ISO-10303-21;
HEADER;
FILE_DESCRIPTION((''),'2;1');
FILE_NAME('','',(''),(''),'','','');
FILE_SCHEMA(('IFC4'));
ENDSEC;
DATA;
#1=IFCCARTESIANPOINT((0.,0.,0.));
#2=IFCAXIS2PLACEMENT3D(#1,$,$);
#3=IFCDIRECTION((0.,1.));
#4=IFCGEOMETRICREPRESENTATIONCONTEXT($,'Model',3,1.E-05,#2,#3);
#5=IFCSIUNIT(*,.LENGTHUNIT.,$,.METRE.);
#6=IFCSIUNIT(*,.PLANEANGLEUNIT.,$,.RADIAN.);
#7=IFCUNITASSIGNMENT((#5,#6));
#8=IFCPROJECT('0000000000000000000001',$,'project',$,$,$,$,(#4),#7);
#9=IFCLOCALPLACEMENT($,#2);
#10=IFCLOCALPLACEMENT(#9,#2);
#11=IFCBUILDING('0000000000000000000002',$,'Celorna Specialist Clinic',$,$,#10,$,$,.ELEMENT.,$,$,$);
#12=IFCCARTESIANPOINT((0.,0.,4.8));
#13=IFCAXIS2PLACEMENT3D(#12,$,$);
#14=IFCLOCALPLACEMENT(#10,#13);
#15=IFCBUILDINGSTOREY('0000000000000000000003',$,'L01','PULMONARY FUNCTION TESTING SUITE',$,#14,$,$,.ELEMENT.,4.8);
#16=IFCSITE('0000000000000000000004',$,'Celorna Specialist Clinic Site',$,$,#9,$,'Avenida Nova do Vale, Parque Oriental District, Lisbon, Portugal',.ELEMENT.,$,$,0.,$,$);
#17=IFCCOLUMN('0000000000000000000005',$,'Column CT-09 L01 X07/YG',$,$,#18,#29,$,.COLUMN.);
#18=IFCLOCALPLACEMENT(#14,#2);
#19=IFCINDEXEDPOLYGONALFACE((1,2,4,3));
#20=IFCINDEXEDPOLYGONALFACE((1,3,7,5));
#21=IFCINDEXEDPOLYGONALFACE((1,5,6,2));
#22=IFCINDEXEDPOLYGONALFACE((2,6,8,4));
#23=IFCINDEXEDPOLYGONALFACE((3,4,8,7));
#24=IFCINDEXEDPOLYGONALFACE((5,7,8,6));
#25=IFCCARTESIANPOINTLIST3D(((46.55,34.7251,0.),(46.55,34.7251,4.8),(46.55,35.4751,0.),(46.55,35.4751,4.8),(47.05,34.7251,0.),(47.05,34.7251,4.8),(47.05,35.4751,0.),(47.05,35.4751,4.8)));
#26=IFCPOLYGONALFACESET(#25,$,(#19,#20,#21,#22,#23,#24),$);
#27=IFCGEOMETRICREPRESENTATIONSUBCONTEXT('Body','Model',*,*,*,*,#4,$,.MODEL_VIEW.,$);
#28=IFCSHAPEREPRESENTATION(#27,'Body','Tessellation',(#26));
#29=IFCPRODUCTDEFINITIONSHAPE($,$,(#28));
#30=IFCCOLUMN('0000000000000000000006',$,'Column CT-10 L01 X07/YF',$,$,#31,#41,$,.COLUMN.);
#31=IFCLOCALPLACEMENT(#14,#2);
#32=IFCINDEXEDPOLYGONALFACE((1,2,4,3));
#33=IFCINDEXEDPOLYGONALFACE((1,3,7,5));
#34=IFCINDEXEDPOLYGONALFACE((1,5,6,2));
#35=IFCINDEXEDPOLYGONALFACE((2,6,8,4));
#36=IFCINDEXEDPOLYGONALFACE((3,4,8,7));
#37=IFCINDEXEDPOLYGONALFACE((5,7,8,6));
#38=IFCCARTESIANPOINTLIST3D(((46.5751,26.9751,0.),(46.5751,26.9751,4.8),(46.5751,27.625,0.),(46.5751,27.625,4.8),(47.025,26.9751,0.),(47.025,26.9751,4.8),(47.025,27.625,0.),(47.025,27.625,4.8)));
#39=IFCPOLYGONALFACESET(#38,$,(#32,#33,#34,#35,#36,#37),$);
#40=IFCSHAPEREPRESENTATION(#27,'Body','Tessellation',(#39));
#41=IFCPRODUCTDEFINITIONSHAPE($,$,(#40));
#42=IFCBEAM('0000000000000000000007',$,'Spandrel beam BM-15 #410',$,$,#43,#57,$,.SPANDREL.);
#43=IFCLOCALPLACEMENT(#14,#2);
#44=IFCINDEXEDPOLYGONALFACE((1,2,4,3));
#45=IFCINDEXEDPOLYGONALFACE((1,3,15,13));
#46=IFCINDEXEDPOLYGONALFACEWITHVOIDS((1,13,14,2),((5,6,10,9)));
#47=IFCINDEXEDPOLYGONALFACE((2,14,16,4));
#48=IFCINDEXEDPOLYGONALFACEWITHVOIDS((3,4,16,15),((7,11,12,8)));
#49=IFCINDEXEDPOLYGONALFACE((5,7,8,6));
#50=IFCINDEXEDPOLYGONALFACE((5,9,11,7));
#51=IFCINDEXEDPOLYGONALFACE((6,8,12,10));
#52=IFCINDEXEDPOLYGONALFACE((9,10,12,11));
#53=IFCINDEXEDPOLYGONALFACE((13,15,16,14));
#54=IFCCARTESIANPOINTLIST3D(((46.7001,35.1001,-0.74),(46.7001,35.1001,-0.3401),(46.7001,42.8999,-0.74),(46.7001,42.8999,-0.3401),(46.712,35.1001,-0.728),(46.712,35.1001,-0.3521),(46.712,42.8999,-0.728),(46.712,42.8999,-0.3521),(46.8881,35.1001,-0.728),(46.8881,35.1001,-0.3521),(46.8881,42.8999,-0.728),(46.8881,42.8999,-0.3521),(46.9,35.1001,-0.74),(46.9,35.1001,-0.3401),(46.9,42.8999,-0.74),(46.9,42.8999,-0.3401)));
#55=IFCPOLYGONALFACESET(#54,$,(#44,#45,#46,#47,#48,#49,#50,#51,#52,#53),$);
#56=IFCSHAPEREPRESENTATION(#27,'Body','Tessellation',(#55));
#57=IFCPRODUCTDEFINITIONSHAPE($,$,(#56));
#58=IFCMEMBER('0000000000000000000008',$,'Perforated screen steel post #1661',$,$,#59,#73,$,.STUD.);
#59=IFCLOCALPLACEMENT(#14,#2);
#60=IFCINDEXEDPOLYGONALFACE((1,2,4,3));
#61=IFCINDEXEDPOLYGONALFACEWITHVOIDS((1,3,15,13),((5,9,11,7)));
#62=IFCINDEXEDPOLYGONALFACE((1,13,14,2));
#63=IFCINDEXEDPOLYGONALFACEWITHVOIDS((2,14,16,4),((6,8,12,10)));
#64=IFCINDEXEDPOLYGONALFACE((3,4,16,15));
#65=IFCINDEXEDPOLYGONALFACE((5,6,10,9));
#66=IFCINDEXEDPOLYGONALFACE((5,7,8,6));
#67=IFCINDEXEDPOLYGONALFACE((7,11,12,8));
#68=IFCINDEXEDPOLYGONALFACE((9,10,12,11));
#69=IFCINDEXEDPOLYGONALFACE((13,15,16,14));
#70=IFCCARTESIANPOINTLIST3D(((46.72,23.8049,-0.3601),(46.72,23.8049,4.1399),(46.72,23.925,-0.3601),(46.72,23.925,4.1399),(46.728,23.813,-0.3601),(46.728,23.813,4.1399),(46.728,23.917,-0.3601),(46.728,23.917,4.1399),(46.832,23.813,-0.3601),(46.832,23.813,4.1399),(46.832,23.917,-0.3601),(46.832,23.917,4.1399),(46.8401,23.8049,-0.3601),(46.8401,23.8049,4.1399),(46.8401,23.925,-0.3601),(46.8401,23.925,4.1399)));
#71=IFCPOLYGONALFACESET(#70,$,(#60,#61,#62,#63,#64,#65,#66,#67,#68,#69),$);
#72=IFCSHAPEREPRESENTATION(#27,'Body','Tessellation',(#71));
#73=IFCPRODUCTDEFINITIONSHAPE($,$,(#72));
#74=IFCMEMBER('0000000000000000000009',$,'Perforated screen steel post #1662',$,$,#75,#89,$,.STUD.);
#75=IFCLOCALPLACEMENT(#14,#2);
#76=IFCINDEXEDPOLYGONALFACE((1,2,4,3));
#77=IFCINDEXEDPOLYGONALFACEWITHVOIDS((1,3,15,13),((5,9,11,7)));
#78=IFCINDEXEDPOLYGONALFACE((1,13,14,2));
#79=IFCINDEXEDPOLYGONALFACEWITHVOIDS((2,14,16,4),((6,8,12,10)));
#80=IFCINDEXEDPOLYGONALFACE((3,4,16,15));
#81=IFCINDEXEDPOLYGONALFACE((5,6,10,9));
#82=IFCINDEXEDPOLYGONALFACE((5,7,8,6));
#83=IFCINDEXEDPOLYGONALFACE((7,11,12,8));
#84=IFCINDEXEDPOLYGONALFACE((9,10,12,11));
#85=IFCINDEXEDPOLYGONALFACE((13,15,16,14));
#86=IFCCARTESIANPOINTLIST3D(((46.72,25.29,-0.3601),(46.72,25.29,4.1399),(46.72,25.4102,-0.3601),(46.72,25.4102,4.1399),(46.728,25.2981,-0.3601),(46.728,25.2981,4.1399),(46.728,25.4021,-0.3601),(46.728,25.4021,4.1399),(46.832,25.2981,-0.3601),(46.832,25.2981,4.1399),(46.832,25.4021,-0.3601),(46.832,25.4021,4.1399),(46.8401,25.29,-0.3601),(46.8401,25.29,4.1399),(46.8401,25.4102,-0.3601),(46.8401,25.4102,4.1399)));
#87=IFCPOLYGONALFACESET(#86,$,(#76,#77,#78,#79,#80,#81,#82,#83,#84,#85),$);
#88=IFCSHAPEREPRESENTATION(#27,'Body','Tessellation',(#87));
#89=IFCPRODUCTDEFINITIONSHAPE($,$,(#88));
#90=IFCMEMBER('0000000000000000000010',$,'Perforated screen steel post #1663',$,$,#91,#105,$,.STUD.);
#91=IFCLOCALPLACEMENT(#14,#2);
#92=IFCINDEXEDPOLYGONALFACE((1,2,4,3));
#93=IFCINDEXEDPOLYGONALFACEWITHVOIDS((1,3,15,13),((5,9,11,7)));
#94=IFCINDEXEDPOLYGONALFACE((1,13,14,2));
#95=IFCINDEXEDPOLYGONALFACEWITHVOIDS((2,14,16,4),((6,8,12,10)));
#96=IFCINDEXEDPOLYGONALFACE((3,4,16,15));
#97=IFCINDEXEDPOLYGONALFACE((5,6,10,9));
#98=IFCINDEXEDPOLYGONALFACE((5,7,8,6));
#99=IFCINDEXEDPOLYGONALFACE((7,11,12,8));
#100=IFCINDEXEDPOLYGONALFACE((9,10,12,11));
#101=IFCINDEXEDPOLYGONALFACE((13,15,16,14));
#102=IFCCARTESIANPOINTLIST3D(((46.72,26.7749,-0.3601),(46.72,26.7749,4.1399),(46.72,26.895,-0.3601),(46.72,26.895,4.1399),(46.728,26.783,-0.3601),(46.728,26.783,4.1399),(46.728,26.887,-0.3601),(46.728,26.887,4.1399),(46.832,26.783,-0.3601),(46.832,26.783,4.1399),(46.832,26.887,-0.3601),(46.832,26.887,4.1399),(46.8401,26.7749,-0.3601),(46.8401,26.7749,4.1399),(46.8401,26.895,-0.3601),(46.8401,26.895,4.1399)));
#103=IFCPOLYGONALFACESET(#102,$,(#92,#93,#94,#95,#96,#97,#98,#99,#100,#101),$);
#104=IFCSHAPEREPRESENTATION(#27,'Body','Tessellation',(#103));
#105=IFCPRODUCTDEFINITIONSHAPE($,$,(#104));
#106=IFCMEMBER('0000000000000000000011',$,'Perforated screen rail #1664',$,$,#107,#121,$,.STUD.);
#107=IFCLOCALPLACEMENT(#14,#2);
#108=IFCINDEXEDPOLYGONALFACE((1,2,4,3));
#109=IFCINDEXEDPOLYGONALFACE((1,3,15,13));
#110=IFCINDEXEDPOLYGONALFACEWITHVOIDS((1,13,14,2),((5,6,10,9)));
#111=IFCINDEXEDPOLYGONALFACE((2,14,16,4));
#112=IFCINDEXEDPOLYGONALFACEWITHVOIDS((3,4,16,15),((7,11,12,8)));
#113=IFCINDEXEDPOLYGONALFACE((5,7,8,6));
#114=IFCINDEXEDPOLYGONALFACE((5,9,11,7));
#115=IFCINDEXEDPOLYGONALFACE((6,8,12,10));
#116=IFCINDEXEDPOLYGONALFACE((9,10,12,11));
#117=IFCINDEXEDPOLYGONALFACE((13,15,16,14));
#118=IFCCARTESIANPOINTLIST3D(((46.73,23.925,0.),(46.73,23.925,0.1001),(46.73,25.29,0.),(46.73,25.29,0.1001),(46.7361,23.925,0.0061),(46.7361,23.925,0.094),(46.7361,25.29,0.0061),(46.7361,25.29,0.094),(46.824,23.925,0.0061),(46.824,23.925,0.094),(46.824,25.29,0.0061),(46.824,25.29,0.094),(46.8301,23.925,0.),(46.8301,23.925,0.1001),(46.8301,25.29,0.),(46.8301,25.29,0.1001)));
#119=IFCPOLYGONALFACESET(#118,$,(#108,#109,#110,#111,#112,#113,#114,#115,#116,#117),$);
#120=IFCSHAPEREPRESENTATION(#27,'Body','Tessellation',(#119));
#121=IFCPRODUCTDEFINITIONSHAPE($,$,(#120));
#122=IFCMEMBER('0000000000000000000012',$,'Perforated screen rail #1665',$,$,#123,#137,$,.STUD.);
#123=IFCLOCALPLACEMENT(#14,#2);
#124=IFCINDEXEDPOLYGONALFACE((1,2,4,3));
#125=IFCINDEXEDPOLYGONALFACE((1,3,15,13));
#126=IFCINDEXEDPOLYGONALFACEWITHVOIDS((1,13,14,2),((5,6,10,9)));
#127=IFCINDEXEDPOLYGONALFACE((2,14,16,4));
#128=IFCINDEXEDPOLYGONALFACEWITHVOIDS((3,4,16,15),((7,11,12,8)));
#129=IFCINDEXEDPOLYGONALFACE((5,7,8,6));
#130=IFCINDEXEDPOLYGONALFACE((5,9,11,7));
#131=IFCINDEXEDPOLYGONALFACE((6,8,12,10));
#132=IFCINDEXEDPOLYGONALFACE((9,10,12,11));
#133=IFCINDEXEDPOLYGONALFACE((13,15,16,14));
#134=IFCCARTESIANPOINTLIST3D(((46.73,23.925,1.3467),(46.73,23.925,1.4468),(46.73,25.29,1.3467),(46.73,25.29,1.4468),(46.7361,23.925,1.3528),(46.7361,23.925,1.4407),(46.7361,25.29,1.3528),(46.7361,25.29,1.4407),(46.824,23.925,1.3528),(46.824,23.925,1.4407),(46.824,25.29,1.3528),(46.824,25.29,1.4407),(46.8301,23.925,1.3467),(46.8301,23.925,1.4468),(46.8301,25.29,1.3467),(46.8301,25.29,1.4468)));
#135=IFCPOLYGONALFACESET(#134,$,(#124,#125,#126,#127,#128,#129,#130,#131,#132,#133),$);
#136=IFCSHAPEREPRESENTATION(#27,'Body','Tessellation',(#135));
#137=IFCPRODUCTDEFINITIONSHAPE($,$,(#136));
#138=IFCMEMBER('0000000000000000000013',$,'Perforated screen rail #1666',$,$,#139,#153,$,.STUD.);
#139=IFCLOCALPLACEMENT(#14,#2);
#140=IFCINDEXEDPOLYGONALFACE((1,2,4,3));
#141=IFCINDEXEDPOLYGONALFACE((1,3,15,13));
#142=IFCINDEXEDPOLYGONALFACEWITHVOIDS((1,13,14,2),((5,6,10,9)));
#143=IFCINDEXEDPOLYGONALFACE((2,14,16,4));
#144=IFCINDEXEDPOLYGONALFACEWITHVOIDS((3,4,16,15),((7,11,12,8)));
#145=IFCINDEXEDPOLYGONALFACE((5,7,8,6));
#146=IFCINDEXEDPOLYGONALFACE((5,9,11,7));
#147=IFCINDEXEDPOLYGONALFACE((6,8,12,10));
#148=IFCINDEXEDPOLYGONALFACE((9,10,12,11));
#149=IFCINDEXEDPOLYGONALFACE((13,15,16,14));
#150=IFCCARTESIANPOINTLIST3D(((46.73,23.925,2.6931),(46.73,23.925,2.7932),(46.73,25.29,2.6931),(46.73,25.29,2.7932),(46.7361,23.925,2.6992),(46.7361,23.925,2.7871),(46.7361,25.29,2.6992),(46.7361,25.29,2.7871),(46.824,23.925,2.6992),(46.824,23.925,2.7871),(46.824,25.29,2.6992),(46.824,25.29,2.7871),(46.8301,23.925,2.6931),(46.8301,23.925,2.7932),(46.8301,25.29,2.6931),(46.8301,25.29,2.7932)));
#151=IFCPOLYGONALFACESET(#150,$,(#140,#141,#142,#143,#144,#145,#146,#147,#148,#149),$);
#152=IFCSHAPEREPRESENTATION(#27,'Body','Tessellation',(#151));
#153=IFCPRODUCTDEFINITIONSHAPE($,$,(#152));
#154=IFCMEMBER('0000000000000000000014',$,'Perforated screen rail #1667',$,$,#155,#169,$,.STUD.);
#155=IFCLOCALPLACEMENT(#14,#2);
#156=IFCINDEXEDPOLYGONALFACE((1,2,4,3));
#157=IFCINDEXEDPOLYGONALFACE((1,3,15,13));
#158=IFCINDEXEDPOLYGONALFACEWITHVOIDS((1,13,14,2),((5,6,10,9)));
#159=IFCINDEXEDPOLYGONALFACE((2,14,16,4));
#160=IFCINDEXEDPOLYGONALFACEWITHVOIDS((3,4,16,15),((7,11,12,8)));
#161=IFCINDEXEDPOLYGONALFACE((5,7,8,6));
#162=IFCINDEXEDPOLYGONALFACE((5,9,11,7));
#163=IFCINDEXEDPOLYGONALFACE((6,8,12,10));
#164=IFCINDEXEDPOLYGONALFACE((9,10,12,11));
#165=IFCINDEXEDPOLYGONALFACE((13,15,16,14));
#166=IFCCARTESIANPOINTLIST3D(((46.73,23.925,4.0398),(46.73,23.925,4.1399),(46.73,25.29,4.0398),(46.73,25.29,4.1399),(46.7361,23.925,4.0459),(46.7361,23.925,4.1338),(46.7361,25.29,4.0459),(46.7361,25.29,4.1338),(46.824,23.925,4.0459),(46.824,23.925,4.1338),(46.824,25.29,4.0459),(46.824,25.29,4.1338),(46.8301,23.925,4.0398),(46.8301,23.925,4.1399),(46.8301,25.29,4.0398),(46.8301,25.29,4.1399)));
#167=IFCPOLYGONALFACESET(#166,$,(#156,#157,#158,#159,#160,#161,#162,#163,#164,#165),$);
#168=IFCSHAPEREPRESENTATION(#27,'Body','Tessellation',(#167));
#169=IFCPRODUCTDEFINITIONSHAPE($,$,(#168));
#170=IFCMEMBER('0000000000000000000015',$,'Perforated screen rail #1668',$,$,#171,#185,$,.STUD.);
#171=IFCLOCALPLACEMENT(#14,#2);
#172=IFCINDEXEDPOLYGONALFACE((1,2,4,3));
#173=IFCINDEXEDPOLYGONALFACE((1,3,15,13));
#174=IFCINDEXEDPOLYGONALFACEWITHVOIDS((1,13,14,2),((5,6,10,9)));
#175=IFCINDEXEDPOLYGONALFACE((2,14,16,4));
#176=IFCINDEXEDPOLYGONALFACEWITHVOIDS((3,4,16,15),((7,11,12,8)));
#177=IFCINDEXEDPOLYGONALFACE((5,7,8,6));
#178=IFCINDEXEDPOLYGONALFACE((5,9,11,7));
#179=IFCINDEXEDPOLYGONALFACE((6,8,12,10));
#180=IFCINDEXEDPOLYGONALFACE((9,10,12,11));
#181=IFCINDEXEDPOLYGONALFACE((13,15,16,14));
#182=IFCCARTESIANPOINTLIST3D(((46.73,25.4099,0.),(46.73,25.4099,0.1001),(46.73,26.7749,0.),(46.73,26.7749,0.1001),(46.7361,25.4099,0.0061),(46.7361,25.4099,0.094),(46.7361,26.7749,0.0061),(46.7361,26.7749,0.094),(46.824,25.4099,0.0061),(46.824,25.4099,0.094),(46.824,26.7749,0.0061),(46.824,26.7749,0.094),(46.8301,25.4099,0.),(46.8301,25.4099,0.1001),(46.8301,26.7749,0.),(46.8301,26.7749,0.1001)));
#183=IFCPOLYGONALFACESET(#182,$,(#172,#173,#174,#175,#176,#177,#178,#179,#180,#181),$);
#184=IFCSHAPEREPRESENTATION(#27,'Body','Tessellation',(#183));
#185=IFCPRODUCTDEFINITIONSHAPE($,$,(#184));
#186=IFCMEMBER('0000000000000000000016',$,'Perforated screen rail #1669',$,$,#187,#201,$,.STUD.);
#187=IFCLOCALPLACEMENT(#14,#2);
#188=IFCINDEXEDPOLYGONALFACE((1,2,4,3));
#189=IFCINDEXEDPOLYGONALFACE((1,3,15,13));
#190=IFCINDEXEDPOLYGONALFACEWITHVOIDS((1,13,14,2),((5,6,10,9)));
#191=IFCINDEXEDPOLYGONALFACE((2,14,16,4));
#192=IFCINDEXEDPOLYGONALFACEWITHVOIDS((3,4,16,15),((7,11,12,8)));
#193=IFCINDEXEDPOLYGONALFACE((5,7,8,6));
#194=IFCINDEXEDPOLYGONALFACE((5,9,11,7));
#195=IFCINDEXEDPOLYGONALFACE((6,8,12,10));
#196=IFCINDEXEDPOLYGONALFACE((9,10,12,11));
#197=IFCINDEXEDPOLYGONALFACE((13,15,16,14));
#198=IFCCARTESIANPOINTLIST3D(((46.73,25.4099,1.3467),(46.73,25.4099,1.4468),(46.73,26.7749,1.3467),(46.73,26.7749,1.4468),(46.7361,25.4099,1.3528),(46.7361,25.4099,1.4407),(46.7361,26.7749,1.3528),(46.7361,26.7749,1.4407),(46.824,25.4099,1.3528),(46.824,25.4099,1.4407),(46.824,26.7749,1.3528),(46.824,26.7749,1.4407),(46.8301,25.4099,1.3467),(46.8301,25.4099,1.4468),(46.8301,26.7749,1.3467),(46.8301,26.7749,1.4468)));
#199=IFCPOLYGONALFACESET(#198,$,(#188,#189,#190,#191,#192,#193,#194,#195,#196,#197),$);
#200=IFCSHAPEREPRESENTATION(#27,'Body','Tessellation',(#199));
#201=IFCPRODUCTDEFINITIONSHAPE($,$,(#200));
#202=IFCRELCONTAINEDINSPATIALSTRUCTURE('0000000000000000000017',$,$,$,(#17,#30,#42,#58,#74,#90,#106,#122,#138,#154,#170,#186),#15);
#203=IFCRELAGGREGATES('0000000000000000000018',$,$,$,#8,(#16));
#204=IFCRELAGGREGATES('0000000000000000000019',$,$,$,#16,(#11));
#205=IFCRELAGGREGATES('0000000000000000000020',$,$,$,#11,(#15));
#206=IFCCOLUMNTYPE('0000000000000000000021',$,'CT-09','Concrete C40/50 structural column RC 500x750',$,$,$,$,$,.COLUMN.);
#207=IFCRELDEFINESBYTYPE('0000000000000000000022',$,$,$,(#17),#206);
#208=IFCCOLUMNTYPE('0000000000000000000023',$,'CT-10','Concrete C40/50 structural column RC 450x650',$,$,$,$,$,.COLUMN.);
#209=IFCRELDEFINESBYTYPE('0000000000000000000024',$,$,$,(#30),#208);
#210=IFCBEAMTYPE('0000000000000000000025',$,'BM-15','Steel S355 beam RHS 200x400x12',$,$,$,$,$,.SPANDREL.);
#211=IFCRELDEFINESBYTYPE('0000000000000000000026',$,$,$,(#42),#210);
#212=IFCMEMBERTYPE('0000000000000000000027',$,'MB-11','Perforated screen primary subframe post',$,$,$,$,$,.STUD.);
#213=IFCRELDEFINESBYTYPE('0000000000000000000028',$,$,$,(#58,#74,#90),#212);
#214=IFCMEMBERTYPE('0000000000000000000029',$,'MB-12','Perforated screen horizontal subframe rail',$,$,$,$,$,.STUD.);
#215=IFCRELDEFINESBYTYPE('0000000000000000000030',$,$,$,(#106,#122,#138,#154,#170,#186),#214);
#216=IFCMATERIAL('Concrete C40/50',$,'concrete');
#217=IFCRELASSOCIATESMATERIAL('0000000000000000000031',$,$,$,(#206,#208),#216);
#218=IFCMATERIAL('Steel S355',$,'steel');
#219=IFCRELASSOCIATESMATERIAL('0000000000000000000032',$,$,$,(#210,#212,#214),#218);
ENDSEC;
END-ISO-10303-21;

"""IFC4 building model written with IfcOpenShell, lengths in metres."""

from ifc_helpers import new_model, si_unit, direction, frame, origin, origin_2d, place, context, subcontext, project, spatial, rectangle, hollow_rectangle, extrude, material, material_profile, profile_set, type_object, element, save


model = new_model("IFC4")

# Units and contexts
model_context = context("Model", 3, precision=1e-05, world=origin(), true_north=direction((0.0, 1.0)))
body_context = subcontext(model_context, "Body", "Model", "MODEL_VIEW")
ifc_project = project(units=[si_unit("LENGTHUNIT", "METRE"), si_unit("PLANEANGLEUNIT", "RADIAN")], contexts=[model_context])

# Site, building, storey
site_placement = place(None, origin())
site = spatial("IfcSite", under=ifc_project, at=site_placement, Name="Celorna Specialist Clinic Site", LongName="Avenida Nova do Vale, Parque Oriental District, Lisbon, Portugal", CompositionType="ELEMENT", RefElevation=0.0)
building_placement = place(site_placement, origin())
building = spatial("IfcBuilding", under=site, at=building_placement, Name="Celorna Specialist Clinic", CompositionType="ELEMENT")
storey_placement = place(building_placement, frame((0.0, 0.0, 4.8)))
storey = spatial("IfcBuildingStorey", under=building, at=storey_placement, Name="L01", Description="PULMONARY FUNCTION TESTING SUITE", CompositionType="ELEMENT", Elevation=4.8)

# Columns
ifc_material_1 = material(Name="Concrete C40/50", Category="concrete")
ifc_material_profile_1 = material_profile(ifc_material_1, rectangle(XDim=0.5, YDim=0.75, at=origin_2d()), Name="RC 500x750")
ifc_profile_set_1 = profile_set([ifc_material_profile_1], Name="Concrete C40/50")
column_type_1 = type_object("IfcColumnType", Name="CT-09", Description="Concrete C40/50 structural column RC 500x750", PredefinedType="COLUMN", material=ifc_profile_set_1)
column_1_placement = place(storey_placement, frame((46.8, 35.1001, 0.0), z_axis=(0.0, 0.0, 1.0), x_axis=(1.0, 0.0, 0.0)))
element("IfcColumn", 1, at=column_1_placement, inside=storey, type_object=column_type_1, Name="Column CT-09 L01 X07/YG", PredefinedType="COLUMN", context=body_context, shape_type="SweptSolid", body=[
    extrude(rectangle(XDim=0.5, YDim=0.75, at=origin_2d()), origin(), (0.0, 0.0, 1.0), 4.8),
])
ifc_material_profile_2 = material_profile(ifc_material_1, rectangle(XDim=0.45, YDim=0.6499, at=origin_2d()), Name="RC 450x650")
ifc_profile_set_2 = profile_set([ifc_material_profile_2], Name="Concrete C40/50")
column_type_2 = type_object("IfcColumnType", Name="CT-10", Description="Concrete C40/50 structural column RC 450x650", PredefinedType="COLUMN", material=ifc_profile_set_2)
column_2_placement = place(storey_placement, frame((46.8, 27.3, 0.0), z_axis=(0.0, 0.0, 1.0), x_axis=(1.0, 0.0, 0.0)))
element("IfcColumn", 2, at=column_2_placement, inside=storey, type_object=column_type_2, Name="Column CT-10 L01 X07/YF", PredefinedType="COLUMN", context=body_context, shape_type="SweptSolid", body=[
    extrude(rectangle(XDim=0.45, YDim=0.6499, at=origin_2d()), origin(), (0.0, 0.0, 1.0), 4.8),
])

# Beam
ifc_material_2 = material(Name="Steel S355", Category="steel")
ifc_material_profile_3 = material_profile(ifc_material_2, hollow_rectangle(XDim=0.2, YDim=0.3999, WallThickness=0.012, at=origin_2d()), Name="RHS 200x400x12")
ifc_profile_set_3 = profile_set([ifc_material_profile_3], Name="Steel S355")
beam_type = type_object("IfcBeamType", Name="BM-15", Description="Steel S355 beam RHS 200x400x12", PredefinedType="SPANDREL", material=ifc_profile_set_3)
beam_placement = place(storey_placement, frame((46.8, 35.1001, -0.54), z_axis=(0.0, 1.0, 0.0), x_axis=(-1.0, 0.0, 0.0)))
element("IfcBeam", 3, at=beam_placement, inside=storey, type_object=beam_type, Name="Spandrel beam BM-15 #410", PredefinedType="SPANDREL", context=body_context, shape_type="SweptSolid", body=[
    extrude(hollow_rectangle(XDim=0.2, YDim=0.3999, WallThickness=0.012, at=origin_2d()), origin(), (0.0, 0.0, 1.0), 7.7998),
])

# Members
ifc_material_profile_4 = material_profile(ifc_material_2, hollow_rectangle(XDim=0.1201, YDim=0.1201, WallThickness=0.0081, at=origin_2d()), Name="SHS 120x120x8")
ifc_profile_set_4 = profile_set([ifc_material_profile_4], Name="Steel S355")
member_type_1 = type_object("IfcMemberType", Name="MB-11", Description="Perforated screen primary subframe post", PredefinedType="STUD", material=ifc_profile_set_4)
for number, where, z_axis, x_axis, name in (
    (4, (46.78, 23.865, -0.3601), (0.0, 0.0, 1.0), (1.0, 0.0, 0.0), "Perforated screen steel post #1661"),
    (5, (46.78, 25.3501, -0.3601), (0.0, 0.0, 1.0), (1.0, 0.0, 0.0), "Perforated screen steel post #1662"),
    (6, (46.78, 26.835, -0.3601), (0.0, 0.0, 1.0), (1.0, 0.0, 0.0), "Perforated screen steel post #1663"),
):
    element("IfcMember", number, at=place(storey_placement, frame(where, z_axis=z_axis, x_axis=x_axis)), inside=storey, type_object=member_type_1, Name=name, PredefinedType="STUD", context=body_context, shape_type="SweptSolid", body=[
        extrude(hollow_rectangle(XDim=0.1201, YDim=0.1201, WallThickness=0.0081, at=origin_2d()), origin(), (0.0, 0.0, 1.0), 4.5),
    ])
ifc_material_profile_5 = material_profile(ifc_material_2, hollow_rectangle(XDim=0.1001, YDim=0.1001, WallThickness=0.0061, at=origin_2d()), Name="SHS 100x100x6")
ifc_profile_set_5 = profile_set([ifc_material_profile_5], Name="Steel S355")
member_type_2 = type_object("IfcMemberType", Name="MB-12", Description="Perforated screen horizontal subframe rail", PredefinedType="STUD", material=ifc_profile_set_5)
for number, where, z_axis, x_axis, name in (
    (7, (46.78, 23.925, 0.05), (0.0, 1.0, 0.0), (-1.0, 0.0, 0.0), "Perforated screen rail #1664"),
    (8, (46.78, 23.925, 1.3967), (0.0, 1.0, 0.0), (-1.0, 0.0, 0.0), "Perforated screen rail #1665"),
    (9, (46.78, 23.925, 2.7432), (0.0, 1.0, 0.0), (-1.0, 0.0, 0.0), "Perforated screen rail #1666"),
    (10, (46.78, 23.925, 4.0898), (0.0, 1.0, 0.0), (-1.0, 0.0, 0.0), "Perforated screen rail #1667"),
    (11, (46.78, 25.4099, 0.05), (0.0, 1.0, 0.0), (-1.0, 0.0, 0.0), "Perforated screen rail #1668"),
    (12, (46.78, 25.4099, 1.3967), (0.0, 1.0, 0.0), (-1.0, 0.0, 0.0), "Perforated screen rail #1669"),
):
    element("IfcMember", number, at=place(storey_placement, frame(where, z_axis=z_axis, x_axis=x_axis)), inside=storey, type_object=member_type_2, Name=name, PredefinedType="STUD", context=body_context, shape_type="SweptSolid", body=[
        extrude(hollow_rectangle(XDim=0.1001, YDim=0.1001, WallThickness=0.0061, at=origin_2d()), origin(), (0.0, 0.0, 1.0), 1.365),
    ])

save(model, "model.ifc")
